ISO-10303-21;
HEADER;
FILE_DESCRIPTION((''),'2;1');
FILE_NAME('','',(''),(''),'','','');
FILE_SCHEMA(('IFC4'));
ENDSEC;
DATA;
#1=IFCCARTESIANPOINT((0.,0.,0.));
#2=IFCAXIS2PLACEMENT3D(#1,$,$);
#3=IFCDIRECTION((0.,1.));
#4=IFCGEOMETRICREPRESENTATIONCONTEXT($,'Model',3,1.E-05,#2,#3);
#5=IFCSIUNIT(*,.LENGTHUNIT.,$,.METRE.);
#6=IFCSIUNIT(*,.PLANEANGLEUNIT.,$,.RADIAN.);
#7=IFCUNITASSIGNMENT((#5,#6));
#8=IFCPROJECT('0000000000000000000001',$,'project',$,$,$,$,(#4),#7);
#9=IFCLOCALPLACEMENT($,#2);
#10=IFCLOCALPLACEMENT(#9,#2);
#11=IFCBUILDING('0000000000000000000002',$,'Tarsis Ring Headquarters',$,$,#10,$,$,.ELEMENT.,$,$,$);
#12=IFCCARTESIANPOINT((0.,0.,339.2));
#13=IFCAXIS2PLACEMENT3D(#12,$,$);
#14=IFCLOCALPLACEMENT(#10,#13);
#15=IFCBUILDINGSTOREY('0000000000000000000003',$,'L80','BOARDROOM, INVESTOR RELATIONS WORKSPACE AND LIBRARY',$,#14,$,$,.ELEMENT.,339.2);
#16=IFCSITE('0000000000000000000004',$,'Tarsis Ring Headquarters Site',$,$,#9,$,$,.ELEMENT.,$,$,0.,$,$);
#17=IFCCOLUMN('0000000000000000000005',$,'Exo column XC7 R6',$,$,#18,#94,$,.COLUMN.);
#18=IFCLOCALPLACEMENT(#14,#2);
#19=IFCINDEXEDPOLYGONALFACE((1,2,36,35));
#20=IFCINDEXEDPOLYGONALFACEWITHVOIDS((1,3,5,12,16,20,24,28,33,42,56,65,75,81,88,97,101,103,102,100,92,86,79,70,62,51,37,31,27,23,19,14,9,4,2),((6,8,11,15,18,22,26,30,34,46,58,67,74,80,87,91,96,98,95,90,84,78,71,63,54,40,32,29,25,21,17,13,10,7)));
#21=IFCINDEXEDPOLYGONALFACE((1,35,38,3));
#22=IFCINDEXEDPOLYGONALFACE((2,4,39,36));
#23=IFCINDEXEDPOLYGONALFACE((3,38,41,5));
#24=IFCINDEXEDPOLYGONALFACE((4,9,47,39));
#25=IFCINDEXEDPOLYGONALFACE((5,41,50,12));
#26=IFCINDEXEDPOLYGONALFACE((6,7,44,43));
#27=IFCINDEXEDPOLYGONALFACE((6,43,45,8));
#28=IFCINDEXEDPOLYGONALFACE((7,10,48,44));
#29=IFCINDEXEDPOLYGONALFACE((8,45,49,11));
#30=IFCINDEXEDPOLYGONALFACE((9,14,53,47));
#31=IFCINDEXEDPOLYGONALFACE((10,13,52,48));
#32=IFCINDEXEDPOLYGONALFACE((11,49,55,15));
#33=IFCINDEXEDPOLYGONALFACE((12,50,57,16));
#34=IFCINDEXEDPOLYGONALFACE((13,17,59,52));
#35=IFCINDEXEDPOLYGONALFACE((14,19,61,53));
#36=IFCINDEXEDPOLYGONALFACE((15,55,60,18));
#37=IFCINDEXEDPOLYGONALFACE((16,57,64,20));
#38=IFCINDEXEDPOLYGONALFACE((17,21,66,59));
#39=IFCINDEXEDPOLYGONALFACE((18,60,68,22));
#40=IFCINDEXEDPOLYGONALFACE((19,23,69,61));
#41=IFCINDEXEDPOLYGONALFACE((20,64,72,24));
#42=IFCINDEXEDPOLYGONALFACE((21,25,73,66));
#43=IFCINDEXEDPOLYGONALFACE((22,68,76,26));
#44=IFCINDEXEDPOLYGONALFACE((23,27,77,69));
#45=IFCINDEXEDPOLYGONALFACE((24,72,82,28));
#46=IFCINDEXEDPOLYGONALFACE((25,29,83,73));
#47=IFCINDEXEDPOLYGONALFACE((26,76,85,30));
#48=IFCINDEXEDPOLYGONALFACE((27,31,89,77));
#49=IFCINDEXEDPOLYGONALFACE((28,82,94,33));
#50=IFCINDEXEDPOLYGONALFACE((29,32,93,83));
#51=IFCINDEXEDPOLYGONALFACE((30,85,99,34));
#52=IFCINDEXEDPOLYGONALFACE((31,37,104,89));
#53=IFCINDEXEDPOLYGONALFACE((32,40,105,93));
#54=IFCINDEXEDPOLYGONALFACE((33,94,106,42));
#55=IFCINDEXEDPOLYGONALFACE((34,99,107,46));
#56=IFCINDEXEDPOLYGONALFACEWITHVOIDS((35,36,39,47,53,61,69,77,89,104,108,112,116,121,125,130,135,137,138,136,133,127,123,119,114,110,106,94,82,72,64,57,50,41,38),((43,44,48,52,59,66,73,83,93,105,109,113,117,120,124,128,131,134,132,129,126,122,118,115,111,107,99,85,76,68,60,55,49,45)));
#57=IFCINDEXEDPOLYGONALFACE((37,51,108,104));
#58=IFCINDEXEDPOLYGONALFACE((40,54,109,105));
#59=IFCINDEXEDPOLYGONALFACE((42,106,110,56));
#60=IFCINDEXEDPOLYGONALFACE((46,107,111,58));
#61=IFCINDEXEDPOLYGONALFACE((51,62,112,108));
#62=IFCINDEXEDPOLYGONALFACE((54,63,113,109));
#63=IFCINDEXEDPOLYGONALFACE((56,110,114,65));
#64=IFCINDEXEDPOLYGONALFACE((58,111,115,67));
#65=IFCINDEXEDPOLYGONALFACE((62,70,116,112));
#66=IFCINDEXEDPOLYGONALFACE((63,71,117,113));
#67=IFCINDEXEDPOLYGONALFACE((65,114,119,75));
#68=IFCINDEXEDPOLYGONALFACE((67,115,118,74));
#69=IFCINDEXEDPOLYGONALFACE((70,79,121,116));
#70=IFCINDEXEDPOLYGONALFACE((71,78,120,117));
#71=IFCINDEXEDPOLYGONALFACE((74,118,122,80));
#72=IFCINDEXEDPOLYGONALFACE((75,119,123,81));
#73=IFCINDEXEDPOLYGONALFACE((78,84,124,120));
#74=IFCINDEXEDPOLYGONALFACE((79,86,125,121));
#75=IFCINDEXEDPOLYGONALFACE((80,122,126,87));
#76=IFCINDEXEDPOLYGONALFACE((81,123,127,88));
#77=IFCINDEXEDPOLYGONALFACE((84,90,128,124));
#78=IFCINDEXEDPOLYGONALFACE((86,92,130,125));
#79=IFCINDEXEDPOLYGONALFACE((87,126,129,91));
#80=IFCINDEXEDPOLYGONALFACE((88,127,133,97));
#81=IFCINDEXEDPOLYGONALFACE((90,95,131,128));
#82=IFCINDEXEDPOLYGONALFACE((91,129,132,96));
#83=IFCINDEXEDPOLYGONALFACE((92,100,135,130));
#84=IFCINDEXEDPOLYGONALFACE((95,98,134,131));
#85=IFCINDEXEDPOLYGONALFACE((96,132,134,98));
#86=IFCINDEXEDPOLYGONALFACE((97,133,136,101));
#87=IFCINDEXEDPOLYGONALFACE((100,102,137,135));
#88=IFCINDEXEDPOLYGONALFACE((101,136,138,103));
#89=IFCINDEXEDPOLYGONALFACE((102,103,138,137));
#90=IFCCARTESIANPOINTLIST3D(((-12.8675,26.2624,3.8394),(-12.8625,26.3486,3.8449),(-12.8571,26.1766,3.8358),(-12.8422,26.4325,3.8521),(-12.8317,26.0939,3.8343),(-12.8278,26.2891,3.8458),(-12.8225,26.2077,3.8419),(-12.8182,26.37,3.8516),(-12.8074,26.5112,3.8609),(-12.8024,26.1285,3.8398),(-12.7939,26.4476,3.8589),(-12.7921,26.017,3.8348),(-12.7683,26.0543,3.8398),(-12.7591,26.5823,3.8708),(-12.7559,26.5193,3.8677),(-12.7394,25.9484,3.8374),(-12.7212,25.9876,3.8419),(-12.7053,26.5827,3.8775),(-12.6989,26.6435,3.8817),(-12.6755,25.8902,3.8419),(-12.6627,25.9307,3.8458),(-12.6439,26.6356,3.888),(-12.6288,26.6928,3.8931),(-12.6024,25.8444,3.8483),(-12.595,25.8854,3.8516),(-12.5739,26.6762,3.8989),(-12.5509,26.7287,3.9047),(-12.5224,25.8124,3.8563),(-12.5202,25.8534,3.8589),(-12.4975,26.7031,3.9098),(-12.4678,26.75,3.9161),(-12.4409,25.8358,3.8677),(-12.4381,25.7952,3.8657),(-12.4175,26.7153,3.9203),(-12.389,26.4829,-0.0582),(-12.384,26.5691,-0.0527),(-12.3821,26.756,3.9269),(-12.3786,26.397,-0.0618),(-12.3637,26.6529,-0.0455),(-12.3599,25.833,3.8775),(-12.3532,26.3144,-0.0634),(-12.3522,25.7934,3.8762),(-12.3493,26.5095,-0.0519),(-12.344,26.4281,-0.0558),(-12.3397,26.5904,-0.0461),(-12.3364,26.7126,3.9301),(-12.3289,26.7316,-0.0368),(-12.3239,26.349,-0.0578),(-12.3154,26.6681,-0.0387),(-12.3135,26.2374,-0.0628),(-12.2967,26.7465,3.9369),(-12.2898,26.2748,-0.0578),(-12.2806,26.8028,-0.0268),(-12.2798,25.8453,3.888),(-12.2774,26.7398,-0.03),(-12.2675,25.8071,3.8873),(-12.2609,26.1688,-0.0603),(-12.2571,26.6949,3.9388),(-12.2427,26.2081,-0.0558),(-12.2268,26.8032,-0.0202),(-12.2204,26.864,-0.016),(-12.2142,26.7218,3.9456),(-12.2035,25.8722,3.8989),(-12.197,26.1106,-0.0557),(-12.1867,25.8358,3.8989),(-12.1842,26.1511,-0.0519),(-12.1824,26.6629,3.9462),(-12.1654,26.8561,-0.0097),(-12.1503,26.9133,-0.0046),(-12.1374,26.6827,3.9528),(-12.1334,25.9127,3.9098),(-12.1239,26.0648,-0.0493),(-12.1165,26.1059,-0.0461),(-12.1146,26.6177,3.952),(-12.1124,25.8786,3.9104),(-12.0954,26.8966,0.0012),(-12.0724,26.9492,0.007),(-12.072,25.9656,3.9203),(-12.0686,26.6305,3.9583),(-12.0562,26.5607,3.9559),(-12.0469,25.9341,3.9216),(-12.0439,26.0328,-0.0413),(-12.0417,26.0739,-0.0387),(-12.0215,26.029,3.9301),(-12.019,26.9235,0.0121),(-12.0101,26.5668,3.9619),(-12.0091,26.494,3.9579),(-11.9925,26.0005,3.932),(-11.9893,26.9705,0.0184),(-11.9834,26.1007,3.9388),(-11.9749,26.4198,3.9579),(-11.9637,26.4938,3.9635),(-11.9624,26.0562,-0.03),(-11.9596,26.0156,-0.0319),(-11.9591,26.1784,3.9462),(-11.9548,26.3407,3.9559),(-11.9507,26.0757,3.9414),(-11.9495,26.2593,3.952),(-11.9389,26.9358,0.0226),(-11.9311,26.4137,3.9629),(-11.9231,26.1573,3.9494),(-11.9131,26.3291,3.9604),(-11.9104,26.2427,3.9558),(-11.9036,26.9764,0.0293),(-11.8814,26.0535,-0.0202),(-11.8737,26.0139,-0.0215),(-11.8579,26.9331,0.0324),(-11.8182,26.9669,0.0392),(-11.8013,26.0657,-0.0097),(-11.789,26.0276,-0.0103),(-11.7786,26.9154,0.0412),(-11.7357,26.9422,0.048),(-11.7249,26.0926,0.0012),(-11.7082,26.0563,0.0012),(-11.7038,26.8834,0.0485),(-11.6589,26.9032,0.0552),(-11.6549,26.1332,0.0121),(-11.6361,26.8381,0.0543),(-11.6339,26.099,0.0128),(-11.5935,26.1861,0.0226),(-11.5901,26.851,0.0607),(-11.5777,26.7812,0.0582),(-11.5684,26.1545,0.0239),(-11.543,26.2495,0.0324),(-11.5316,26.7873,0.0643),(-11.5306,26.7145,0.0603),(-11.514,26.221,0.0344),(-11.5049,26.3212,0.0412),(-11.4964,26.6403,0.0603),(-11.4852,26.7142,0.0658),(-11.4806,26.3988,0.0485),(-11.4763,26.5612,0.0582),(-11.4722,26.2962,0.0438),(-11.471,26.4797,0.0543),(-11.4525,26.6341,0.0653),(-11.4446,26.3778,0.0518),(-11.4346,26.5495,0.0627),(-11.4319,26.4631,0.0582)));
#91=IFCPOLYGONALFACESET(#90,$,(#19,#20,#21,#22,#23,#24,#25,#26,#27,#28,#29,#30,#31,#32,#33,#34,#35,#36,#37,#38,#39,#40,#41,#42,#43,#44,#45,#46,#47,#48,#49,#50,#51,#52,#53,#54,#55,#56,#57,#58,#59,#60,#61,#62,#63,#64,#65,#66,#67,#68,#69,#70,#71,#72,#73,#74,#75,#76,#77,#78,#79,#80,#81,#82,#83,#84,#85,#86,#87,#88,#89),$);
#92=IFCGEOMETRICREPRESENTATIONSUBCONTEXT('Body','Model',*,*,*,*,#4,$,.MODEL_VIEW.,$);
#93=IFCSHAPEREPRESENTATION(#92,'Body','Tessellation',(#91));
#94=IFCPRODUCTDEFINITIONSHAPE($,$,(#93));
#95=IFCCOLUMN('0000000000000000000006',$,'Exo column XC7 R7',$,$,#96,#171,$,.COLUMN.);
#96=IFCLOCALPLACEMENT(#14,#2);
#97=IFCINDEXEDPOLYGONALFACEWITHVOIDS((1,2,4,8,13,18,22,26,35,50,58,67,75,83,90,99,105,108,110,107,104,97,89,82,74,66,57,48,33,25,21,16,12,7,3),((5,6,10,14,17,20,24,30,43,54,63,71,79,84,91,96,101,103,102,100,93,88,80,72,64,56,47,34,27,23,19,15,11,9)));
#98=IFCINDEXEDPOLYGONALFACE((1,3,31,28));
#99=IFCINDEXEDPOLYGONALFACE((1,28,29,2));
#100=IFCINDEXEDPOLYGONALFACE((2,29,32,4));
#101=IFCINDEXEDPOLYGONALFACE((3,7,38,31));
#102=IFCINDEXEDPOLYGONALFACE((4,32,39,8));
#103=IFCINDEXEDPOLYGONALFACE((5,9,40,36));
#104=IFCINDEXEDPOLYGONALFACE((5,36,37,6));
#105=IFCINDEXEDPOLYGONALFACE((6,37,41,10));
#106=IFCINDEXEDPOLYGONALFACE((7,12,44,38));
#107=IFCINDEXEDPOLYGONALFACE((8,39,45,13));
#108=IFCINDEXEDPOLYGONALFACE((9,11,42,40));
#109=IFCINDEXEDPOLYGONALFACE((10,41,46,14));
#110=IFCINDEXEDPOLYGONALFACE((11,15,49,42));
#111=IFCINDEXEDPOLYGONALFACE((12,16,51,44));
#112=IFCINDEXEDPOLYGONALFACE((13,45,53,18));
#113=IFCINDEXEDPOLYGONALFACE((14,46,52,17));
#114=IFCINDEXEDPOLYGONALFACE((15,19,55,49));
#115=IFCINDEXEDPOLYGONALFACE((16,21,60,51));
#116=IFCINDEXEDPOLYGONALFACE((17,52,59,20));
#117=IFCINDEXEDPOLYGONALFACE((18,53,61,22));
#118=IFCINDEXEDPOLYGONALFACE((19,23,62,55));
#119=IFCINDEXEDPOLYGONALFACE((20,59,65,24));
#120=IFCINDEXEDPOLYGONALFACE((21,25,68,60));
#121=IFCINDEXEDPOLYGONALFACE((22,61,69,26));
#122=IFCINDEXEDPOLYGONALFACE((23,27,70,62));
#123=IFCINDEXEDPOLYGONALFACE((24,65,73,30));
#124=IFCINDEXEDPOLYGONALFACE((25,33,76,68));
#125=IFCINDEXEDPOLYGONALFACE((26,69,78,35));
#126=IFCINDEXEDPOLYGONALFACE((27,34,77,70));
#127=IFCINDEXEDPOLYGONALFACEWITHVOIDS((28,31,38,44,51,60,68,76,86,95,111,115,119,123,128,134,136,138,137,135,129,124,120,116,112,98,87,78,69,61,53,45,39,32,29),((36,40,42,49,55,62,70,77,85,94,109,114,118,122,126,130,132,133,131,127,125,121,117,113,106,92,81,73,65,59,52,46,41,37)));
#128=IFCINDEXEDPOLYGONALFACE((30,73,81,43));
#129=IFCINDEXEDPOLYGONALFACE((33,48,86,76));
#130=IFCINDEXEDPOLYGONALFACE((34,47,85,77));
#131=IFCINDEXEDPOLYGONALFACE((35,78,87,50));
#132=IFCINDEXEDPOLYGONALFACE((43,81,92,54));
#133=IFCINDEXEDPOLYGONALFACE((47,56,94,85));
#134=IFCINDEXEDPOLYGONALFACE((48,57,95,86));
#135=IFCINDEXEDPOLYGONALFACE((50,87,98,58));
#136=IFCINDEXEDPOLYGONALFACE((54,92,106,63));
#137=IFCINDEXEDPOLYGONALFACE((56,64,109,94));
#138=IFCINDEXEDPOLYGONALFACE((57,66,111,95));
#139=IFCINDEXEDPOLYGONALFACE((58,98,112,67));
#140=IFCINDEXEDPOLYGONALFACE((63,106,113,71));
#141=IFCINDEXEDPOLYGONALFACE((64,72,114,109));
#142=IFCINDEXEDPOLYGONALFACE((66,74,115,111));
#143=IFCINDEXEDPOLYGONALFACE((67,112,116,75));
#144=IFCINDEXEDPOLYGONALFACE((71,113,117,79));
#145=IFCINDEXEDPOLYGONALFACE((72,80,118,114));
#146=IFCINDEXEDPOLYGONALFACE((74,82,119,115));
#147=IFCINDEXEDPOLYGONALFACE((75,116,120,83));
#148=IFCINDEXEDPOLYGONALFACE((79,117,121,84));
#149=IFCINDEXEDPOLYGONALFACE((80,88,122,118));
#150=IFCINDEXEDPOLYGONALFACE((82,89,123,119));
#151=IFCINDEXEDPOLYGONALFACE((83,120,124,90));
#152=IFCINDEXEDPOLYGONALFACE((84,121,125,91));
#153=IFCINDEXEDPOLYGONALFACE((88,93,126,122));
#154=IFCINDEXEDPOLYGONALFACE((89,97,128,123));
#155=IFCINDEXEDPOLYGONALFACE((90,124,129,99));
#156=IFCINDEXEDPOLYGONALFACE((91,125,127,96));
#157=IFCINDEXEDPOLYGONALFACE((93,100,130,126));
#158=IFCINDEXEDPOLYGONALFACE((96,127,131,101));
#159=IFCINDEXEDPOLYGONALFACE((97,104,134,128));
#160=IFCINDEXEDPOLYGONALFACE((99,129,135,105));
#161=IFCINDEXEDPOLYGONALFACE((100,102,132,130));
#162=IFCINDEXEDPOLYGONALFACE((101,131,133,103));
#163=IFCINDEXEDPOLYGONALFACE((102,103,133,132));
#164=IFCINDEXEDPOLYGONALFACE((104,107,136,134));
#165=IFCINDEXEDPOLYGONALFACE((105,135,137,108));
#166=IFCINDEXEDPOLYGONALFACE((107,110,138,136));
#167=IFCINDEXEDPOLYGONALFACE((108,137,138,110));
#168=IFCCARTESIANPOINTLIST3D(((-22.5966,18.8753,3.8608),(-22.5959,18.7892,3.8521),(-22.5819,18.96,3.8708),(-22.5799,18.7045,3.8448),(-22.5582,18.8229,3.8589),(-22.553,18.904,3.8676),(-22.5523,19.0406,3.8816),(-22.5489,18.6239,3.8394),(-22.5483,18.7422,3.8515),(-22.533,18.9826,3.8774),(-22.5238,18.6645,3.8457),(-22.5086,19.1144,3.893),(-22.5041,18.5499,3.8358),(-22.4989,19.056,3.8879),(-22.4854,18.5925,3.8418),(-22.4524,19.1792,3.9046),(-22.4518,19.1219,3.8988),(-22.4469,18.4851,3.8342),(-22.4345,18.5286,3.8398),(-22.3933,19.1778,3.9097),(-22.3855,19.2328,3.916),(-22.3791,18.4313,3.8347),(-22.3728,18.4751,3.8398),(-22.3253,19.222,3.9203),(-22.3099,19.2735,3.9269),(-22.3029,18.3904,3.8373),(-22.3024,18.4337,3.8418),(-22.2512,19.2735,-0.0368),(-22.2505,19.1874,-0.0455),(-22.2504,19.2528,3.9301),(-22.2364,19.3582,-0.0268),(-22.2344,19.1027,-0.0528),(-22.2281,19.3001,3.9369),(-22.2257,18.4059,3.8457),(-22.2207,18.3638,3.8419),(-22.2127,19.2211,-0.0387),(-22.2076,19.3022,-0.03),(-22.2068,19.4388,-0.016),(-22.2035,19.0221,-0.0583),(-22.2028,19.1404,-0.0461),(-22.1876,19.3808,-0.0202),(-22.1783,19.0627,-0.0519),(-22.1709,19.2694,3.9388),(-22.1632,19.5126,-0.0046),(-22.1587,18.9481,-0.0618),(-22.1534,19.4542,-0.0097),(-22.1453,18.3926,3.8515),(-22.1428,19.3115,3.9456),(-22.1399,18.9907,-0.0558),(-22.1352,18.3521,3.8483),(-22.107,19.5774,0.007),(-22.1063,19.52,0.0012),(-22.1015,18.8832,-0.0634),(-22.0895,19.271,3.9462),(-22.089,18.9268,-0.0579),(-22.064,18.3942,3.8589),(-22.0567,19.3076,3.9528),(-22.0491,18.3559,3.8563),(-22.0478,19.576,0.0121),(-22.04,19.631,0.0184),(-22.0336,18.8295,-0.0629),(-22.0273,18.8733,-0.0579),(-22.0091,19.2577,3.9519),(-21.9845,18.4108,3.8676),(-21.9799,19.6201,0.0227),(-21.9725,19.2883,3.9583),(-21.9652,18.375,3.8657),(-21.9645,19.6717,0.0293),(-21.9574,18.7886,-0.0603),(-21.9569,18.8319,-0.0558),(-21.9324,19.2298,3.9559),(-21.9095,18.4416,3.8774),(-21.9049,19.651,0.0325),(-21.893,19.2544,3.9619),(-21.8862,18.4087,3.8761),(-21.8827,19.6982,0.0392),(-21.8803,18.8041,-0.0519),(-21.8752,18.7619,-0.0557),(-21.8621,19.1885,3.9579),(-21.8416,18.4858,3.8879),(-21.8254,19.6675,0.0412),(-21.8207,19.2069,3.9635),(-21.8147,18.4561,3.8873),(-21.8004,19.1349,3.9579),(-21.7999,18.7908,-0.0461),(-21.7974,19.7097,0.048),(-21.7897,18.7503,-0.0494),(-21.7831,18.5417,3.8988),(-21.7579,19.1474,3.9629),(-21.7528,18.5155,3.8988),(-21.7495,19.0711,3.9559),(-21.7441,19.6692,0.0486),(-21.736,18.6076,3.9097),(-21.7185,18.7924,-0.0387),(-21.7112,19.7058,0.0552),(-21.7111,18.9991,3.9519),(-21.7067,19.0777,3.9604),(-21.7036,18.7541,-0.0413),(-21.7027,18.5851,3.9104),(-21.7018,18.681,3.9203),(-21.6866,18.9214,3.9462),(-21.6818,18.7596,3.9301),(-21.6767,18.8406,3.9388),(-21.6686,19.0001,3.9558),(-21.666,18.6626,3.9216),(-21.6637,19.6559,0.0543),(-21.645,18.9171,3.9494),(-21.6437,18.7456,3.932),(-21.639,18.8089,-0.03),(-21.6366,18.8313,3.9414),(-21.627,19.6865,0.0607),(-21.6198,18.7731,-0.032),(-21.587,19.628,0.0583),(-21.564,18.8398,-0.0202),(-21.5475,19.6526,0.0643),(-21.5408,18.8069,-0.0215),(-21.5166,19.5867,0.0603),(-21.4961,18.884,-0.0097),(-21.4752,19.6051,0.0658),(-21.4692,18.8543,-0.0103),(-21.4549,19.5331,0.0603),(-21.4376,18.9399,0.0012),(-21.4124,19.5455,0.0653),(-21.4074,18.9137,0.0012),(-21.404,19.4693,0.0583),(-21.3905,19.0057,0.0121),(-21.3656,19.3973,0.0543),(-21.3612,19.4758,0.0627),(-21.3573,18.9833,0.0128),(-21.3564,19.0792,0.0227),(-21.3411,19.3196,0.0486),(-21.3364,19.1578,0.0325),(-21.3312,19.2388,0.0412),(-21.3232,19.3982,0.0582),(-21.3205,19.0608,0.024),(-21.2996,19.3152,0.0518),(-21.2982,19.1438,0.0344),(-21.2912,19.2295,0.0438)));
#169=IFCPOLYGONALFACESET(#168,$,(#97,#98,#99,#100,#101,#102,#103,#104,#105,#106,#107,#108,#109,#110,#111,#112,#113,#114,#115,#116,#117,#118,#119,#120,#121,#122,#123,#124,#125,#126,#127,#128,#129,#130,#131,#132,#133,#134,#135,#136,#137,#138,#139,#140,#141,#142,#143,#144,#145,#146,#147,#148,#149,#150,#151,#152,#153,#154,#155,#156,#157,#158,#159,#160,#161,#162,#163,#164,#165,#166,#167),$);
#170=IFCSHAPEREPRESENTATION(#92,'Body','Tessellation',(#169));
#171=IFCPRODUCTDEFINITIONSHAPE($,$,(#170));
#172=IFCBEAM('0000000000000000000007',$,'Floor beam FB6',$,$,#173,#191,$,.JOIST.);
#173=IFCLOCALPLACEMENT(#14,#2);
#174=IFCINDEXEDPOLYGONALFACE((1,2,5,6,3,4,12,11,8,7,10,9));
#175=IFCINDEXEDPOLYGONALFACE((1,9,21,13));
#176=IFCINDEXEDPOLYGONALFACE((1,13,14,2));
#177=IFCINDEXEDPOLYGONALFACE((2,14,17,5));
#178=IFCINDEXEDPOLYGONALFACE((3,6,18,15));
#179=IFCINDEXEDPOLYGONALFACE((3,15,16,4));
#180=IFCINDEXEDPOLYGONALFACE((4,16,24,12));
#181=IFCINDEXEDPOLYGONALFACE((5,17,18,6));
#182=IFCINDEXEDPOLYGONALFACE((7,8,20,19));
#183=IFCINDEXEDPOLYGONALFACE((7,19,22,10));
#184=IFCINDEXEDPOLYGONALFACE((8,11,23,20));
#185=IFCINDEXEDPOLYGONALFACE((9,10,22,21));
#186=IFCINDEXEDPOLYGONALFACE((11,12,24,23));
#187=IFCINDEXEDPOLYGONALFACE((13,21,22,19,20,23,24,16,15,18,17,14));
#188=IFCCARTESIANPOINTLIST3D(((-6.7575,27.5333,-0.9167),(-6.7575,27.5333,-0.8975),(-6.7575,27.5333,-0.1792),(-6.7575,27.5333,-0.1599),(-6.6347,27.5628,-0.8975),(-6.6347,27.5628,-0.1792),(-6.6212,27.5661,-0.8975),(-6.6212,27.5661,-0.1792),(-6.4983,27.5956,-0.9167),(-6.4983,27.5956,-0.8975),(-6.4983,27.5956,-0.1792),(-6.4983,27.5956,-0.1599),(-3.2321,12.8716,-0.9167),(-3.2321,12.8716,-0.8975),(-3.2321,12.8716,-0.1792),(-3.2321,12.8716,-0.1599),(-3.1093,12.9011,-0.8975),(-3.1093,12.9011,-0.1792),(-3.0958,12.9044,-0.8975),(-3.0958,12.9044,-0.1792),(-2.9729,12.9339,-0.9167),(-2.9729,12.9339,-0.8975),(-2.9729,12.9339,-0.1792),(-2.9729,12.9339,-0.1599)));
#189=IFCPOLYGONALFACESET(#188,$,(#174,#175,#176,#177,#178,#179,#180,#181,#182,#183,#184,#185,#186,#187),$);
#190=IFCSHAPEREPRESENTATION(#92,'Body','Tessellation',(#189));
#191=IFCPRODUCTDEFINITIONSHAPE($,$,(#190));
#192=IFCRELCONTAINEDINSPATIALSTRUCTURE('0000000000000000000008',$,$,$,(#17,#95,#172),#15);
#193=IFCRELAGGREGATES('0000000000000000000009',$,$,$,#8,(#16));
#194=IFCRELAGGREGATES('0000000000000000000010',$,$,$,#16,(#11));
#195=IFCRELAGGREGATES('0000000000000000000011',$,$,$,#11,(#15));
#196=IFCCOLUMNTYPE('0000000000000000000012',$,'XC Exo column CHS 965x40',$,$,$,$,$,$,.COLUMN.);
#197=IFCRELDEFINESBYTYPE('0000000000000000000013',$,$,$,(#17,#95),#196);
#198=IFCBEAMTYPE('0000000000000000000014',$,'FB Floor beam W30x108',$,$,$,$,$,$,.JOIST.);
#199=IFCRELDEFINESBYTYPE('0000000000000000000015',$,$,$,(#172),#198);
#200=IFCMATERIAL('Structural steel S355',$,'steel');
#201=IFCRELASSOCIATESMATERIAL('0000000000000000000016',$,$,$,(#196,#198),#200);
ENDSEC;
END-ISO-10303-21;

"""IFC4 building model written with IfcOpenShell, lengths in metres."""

from ifc_helpers import new_model, si_unit, direction, frame, origin, origin_2d, place, context, subcontext, project, spatial, hollow_circle, i_section, extrude, material, material_profile, profile_set, type_object, element, save


model = new_model("IFC4")

# Units and contexts
model_context = context("Model", 3, precision=1e-05, world=origin(), true_north=direction((0.0, 1.0)))
body_context = subcontext(model_context, "Body", "Model", "MODEL_VIEW")
ifc_project = project(units=[si_unit("LENGTHUNIT", "METRE"), si_unit("PLANEANGLEUNIT", "RADIAN")], contexts=[model_context])

# Site, building, storey
site_placement = place(None, origin())
site = spatial("IfcSite", under=ifc_project, at=site_placement, Name="Tarsis Ring Headquarters Site", CompositionType="ELEMENT", RefElevation=0.0)
building_placement = place(site_placement, origin())
building = spatial("IfcBuilding", under=site, at=building_placement, Name="Tarsis Ring Headquarters", CompositionType="ELEMENT")
storey_placement = place(building_placement, frame((0.0, 0.0, 339.2)))
storey = spatial("IfcBuildingStorey", under=building, at=storey_placement, Name="L80", Description="BOARDROOM, INVESTOR RELATIONS WORKSPACE AND LIBRARY", CompositionType="ELEMENT", Elevation=339.2)

# Columns
ifc_material_1 = material(Name="Structural steel S355", Category="steel")
ifc_material_profile_1 = material_profile(ifc_material_1, hollow_circle(Radius=0.4827, WallThickness=0.04, at=origin_2d()), Name="CHS 965x40")
ifc_profile_set_1 = profile_set([ifc_material_profile_1], Name="Structural steel S355")
column_type = type_object("IfcColumnType", Name="XC Exo column CHS 965x40", PredefinedType="COLUMN", material=ifc_profile_set_1)
for number, where, z_axis, x_axis, name in (
    (1, (-11.9102, 26.4946, 0.0012), (-0.121662, -0.056051, 0.990988), (0.418441, -0.908244, 0.0), "Exo column XC7 R6"),
    (2, (-21.772, 19.23, 0.0012), (-0.087832, -0.101239, 0.990977), (0.755353, -0.655318, 0.0), "Exo column XC7 R7"),
):
    element("IfcColumn", number, at=place(storey_placement, frame(where, z_axis=z_axis, x_axis=x_axis)), inside=storey, type_object=column_type, Name=name, PredefinedType="COLUMN", context=body_context, shape_type="SweptSolid", body=[
        extrude(hollow_circle(Radius=0.4827, WallThickness=0.04, at=origin_2d()), origin(), (0.0, 0.0, 1.0), 3.9331),
    ])

# Beam
ifc_material_profile_2 = material_profile(ifc_material_1, i_section(OverallWidth=0.2666, OverallDepth=0.7568, WebThickness=0.0139, FlangeThickness=0.0193, at=origin_2d()), Name="W30x108")
ifc_profile_set_2 = profile_set([ifc_material_profile_2], Name="Structural steel S355")
beam_type_1 = type_object("IfcBeamType", Name="FB Floor beam W30x108", PredefinedType="JOIST", material=ifc_profile_set_2)
beam_1_placement = place(storey_placement, frame((-6.6279, 27.5645, -0.5383), z_axis=(0.233787, -0.972288, 0.0), x_axis=(0.972288, 0.233787, 0.0)))
element("IfcBeam", 3, at=beam_1_placement, inside=storey, type_object=beam_type_1, Name="Floor beam FB6", PredefinedType="JOIST", context=body_context, shape_type="SweptSolid", body=[
    extrude(i_section(OverallWidth=0.2666, OverallDepth=0.7568, WebThickness=0.0139, FlangeThickness=0.0193, at=origin_2d()), origin(), (0.0, 0.0, 1.0), 15.0796),
])

save(model, "model.ifc")
